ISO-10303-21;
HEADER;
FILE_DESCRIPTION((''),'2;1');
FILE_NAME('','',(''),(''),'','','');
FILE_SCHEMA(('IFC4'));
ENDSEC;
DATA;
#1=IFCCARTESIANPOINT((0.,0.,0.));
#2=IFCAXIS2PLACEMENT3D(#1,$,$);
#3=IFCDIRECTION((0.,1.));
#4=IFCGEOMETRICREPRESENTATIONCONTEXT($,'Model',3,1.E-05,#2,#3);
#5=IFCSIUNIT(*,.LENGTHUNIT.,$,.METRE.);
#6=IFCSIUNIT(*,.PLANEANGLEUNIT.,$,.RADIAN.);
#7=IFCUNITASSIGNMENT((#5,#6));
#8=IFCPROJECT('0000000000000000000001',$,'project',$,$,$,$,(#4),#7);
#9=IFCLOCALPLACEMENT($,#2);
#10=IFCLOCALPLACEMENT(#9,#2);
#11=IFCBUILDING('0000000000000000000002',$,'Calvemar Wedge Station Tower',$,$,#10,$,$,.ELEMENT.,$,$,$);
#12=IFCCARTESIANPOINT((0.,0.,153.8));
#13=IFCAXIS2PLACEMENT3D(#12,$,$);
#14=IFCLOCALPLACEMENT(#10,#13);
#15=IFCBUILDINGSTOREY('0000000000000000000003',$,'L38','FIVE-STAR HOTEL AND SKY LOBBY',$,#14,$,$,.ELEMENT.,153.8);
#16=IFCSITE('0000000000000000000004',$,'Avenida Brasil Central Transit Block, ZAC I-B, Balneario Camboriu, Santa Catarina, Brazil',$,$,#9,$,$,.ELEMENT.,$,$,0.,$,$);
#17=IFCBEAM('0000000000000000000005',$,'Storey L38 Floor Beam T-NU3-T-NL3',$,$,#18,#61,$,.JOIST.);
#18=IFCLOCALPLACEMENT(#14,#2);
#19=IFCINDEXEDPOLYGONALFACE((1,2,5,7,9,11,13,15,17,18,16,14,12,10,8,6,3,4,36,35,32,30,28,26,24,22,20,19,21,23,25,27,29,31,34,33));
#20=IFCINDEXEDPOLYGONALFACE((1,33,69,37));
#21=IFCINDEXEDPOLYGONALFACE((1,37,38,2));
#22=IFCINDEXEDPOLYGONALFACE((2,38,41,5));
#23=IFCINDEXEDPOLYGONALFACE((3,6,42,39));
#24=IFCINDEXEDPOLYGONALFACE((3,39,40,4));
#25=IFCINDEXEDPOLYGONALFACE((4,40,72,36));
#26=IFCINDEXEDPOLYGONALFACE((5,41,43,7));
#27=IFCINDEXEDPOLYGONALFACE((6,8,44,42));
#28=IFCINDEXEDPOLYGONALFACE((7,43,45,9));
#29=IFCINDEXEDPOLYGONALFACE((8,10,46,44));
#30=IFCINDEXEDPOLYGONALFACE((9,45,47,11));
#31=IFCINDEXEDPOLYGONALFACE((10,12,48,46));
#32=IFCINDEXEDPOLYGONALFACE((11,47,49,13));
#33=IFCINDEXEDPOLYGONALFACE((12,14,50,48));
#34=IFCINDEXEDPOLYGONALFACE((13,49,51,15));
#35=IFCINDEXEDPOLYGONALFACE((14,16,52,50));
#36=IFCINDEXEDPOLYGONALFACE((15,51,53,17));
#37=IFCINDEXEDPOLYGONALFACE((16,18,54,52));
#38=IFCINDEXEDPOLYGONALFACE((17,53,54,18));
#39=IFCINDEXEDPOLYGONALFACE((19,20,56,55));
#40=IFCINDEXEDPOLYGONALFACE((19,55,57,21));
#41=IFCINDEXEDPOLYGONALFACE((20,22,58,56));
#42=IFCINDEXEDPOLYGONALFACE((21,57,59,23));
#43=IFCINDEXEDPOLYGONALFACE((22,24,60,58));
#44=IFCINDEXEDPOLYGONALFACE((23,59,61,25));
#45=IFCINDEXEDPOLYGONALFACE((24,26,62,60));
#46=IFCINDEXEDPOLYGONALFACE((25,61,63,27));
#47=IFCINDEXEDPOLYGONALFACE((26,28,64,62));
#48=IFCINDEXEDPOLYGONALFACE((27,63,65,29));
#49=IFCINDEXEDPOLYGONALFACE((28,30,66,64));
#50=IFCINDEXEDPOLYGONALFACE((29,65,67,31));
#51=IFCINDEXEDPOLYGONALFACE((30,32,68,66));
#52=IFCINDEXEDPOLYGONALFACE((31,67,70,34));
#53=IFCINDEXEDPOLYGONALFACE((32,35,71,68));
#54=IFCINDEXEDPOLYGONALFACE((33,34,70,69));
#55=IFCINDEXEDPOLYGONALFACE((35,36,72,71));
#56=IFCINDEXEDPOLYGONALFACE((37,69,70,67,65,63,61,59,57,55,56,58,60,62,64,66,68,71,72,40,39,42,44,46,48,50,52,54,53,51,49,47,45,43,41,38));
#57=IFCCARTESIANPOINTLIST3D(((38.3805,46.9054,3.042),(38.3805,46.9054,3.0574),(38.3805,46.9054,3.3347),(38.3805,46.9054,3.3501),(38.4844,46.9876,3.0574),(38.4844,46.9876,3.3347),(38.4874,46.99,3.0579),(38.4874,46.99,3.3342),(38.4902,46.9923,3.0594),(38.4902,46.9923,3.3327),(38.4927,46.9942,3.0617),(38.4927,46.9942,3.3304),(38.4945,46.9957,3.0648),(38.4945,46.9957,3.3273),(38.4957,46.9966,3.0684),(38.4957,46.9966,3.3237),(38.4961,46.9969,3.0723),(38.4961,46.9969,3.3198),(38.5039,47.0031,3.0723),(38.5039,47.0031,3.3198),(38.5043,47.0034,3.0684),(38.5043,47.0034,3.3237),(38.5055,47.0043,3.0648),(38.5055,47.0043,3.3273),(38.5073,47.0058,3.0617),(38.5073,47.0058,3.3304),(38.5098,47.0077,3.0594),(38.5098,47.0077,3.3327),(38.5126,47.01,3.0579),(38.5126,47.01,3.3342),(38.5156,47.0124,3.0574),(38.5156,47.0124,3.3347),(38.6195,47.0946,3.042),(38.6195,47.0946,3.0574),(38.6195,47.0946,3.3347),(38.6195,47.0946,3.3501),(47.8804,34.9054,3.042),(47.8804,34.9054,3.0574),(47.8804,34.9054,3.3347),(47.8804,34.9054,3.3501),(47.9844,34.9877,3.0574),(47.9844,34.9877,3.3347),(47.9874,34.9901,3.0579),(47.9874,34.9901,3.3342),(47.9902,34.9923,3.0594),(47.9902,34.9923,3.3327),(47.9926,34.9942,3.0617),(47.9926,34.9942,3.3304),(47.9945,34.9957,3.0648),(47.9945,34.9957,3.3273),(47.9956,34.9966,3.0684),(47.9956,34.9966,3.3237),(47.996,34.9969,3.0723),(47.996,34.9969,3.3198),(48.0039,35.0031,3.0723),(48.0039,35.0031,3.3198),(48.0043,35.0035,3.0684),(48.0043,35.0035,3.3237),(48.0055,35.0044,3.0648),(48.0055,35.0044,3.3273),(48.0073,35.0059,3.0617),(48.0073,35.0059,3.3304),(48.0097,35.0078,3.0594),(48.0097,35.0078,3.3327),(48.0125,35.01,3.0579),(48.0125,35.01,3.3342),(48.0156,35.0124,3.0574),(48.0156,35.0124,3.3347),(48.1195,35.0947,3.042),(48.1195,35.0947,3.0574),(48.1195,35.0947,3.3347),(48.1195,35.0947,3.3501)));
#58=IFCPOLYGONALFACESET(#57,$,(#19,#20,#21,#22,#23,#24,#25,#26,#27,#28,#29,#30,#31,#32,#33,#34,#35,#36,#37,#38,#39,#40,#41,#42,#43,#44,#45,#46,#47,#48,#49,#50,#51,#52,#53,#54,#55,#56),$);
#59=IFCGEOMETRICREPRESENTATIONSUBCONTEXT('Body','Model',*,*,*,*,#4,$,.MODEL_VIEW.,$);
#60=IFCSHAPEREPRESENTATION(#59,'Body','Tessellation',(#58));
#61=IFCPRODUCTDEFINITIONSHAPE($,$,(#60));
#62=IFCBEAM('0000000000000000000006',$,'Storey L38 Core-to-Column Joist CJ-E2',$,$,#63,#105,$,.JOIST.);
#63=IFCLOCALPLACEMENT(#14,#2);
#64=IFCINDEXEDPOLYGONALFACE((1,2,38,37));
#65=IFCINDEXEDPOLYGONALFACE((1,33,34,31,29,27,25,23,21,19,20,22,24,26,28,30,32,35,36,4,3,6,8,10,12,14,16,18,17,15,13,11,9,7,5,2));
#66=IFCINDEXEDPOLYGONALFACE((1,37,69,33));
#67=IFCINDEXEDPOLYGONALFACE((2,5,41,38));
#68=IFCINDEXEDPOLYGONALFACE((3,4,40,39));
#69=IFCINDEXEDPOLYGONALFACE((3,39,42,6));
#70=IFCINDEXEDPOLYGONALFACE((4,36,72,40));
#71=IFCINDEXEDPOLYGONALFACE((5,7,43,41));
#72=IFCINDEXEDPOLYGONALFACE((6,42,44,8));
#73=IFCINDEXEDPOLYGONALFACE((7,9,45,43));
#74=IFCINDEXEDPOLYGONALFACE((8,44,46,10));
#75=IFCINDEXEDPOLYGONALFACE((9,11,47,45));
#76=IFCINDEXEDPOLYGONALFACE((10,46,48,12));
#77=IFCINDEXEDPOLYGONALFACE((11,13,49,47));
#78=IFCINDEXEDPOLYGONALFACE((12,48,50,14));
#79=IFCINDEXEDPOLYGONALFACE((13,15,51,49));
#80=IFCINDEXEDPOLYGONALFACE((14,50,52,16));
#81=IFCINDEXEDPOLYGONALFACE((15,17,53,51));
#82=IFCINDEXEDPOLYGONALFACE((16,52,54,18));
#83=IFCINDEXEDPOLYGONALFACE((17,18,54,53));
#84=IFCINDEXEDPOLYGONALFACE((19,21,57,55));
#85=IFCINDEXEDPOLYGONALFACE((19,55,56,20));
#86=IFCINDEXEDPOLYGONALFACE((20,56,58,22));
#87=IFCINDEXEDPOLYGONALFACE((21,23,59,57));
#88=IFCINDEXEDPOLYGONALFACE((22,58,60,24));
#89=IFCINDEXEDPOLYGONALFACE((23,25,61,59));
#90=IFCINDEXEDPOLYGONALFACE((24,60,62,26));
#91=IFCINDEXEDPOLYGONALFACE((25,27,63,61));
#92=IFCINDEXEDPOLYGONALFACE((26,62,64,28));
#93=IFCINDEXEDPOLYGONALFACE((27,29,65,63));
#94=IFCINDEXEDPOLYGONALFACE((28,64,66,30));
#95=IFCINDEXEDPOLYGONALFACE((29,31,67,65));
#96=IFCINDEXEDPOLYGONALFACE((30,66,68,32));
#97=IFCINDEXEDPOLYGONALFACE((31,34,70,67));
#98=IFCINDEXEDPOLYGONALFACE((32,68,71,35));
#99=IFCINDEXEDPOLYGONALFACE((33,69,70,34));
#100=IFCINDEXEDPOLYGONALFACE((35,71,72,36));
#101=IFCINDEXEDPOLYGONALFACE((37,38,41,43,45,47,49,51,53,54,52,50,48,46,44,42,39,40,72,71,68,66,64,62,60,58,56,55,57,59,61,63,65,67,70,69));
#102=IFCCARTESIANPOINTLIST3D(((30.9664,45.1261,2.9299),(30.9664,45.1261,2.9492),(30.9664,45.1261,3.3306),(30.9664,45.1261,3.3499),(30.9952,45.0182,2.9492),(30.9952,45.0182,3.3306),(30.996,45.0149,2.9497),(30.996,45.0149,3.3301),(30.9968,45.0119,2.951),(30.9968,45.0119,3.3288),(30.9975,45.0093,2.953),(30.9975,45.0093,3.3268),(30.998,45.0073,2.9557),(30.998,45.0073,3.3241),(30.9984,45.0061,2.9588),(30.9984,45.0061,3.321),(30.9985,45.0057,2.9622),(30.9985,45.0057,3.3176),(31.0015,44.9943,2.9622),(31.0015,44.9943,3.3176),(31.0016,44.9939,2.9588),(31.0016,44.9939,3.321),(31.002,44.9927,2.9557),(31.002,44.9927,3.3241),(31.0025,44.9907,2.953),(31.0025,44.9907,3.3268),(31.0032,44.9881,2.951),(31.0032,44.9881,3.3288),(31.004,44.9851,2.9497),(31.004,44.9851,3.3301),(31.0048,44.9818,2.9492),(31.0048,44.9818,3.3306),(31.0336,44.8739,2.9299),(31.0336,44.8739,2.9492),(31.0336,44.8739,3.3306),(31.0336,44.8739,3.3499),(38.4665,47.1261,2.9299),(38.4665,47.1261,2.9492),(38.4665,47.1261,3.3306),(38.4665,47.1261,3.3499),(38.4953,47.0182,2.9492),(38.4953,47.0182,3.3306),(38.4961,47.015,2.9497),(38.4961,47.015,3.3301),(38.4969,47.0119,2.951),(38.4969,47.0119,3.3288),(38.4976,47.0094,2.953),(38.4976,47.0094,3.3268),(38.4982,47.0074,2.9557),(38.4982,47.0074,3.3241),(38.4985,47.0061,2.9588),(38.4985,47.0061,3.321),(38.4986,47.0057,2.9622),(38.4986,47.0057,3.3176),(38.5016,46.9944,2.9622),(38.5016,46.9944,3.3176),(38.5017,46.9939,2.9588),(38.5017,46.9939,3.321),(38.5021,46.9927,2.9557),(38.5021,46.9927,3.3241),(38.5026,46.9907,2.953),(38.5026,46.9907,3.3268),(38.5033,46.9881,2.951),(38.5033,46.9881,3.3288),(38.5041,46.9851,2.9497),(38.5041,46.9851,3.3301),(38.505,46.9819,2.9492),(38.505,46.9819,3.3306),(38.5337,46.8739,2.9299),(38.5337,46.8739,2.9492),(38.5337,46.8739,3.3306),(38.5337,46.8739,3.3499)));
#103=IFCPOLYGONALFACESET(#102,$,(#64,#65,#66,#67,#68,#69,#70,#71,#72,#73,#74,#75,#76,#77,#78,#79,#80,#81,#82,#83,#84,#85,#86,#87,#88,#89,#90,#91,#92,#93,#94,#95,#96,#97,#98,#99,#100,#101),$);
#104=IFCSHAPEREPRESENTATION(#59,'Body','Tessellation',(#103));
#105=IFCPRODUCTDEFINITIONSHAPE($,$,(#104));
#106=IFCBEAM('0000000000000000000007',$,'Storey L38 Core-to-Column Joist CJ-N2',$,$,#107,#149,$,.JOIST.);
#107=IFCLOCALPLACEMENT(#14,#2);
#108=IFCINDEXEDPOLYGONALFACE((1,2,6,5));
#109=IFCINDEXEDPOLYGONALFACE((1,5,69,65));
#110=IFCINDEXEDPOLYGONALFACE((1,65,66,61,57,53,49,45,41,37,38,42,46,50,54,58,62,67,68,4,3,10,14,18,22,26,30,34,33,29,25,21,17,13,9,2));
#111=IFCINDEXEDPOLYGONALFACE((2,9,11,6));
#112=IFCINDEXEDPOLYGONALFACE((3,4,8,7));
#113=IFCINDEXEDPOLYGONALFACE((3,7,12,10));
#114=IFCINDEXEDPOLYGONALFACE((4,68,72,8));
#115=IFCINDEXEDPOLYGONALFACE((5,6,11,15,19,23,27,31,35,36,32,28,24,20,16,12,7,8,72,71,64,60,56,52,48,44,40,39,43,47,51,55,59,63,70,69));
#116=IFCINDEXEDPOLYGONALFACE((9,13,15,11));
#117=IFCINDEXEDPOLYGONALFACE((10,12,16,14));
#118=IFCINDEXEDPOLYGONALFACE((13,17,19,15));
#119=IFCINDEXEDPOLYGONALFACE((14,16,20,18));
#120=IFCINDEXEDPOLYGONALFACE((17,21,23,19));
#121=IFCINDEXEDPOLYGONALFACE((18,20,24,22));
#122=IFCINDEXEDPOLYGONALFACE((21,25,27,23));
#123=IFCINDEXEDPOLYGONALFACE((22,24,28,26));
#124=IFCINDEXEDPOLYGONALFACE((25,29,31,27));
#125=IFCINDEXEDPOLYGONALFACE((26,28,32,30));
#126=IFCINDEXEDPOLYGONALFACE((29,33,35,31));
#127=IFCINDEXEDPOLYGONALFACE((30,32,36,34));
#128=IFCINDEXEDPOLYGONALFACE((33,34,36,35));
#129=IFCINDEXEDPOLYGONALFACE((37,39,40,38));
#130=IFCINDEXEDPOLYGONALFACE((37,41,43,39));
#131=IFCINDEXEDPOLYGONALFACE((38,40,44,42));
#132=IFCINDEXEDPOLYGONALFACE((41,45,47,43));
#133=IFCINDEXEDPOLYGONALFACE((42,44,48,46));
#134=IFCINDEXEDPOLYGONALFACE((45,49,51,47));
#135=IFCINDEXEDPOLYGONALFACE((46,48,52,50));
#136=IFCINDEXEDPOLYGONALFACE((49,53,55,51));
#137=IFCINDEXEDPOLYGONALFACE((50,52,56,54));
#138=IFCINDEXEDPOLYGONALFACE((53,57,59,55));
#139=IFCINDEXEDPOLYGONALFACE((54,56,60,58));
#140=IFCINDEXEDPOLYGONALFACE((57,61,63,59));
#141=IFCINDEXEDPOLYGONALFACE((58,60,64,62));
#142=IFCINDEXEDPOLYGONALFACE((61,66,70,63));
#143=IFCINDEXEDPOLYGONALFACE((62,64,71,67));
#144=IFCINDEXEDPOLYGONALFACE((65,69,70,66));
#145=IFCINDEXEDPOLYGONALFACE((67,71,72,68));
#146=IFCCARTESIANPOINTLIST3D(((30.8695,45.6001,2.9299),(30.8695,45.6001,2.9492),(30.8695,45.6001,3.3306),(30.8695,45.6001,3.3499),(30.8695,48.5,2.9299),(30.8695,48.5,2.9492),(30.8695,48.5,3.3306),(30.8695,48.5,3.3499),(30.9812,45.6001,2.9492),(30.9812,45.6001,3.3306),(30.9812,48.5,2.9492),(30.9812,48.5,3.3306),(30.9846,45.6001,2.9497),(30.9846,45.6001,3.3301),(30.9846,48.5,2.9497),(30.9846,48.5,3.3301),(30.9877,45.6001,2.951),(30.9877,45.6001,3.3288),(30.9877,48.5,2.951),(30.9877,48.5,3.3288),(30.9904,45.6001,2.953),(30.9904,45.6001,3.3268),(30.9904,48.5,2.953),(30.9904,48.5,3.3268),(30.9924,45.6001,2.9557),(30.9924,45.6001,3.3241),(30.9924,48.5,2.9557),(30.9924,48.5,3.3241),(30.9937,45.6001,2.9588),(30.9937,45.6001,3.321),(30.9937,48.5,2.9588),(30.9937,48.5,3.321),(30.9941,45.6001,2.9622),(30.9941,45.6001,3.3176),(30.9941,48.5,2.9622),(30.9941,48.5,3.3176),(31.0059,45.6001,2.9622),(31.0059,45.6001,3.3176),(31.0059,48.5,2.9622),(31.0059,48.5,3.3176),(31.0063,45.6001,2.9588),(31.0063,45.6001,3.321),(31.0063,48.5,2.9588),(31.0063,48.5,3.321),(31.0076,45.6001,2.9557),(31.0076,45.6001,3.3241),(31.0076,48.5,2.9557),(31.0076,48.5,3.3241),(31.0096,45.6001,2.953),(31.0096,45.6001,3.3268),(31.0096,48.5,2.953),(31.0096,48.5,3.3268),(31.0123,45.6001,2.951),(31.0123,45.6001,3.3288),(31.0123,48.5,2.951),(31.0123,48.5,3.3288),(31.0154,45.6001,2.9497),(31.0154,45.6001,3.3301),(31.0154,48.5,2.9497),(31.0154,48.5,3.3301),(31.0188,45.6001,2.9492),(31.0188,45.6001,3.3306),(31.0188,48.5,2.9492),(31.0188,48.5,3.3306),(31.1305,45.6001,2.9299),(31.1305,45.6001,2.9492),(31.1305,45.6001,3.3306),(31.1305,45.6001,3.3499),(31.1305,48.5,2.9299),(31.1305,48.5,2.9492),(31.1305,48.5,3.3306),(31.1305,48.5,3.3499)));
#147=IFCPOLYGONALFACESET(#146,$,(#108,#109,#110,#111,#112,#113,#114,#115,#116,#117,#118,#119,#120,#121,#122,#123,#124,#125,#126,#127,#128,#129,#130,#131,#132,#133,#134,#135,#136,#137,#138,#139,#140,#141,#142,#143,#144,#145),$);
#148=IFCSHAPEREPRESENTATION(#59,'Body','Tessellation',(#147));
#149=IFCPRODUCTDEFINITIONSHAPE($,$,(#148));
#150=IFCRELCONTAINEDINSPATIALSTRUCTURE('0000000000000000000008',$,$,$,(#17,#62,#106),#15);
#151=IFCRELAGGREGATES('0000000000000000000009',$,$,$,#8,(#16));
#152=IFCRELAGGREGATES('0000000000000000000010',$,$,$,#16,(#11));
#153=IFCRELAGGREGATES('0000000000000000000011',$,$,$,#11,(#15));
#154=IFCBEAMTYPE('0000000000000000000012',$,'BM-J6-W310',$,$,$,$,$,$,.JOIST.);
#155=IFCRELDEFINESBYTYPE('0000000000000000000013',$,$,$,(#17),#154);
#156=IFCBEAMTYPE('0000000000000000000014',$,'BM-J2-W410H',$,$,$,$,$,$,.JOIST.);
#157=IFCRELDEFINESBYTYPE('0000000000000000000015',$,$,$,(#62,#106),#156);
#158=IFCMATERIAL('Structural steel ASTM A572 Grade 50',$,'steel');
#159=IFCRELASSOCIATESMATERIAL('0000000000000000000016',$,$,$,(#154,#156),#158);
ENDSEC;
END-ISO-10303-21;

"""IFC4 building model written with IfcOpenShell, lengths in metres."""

from ifc_helpers import new_model, si_unit, direction, frame, origin, origin_2d, place, context, subcontext, project, spatial, i_section, extrude, source, transform, mapped, material, material_profile, profile_set, type_object, element, save


model = new_model("IFC4")

# Units and contexts
model_context = context("Model", 3, precision=1e-05, world=origin(), true_north=direction((0.0, 1.0)))
body_context = subcontext(model_context, "Body", "Model", "MODEL_VIEW")
ifc_project = project(units=[si_unit("LENGTHUNIT", "METRE"), si_unit("PLANEANGLEUNIT", "RADIAN")], contexts=[model_context])

# Site, building, storey
site_placement = place(None, origin())
site = spatial("IfcSite", under=ifc_project, at=site_placement, Name="Avenida Brasil Central Transit Block, ZAC I-B, Balneario Camboriu, Santa Catarina, Brazil", CompositionType="ELEMENT", RefElevation=0.0)
building_placement = place(site_placement, origin())
building = spatial("IfcBuilding", under=site, at=building_placement, Name="Calvemar Wedge Station Tower", CompositionType="ELEMENT")
storey_placement = place(building_placement, frame((0.0, 0.0, 153.8)))
storey = spatial("IfcBuildingStorey", under=building, at=storey_placement, Name="L38", Description="FIVE-STAR HOTEL AND SKY LOBBY", CompositionType="ELEMENT", Elevation=153.8)

# Beams
ifc_material_1 = material(Name="Structural steel ASTM A572 Grade 50", Category="steel")
ifc_material_profile_1 = material_profile(ifc_material_1, i_section(OverallWidth=0.3049, OverallDepth=0.3081, WebThickness=0.01, FlangeThickness=0.0154, FilletRadius=0.0149, at=origin_2d()), Name="W310x97")
ifc_profile_set_1 = profile_set([ifc_material_profile_1], Name="Structural steel ASTM A572 Grade 50")
beam_type_1 = type_object("IfcBeamType", Name="BM-J6-W310", PredefinedType="JOIST", material=ifc_profile_set_1)
ifc_material_profile_2 = material_profile(ifc_material_1, i_section(OverallWidth=0.261, OverallDepth=0.4199, WebThickness=0.0117, FlangeThickness=0.0193, FilletRadius=0.0129, at=origin_2d()), Name="W410x114")
ifc_profile_set_2 = profile_set([ifc_material_profile_2], Name="Structural steel ASTM A572 Grade 50")
beam_type_2 = type_object("IfcBeamType", Name="BM-J2-W410H", PredefinedType="JOIST", material=ifc_profile_set_2)
shared_shape_1 = source(origin(), body_context, "Body", "SweptSolid", [
    extrude(i_section(OverallWidth=0.3049, OverallDepth=0.3081, WebThickness=0.01, FlangeThickness=0.0154, FilletRadius=0.0149, at=origin_2d()), origin(), (0.0, 0.0, 1.0), 15.3052),
])
beam_1_placement = place(storey_placement, frame((38.5, 47.0, 3.196), z_axis=(0.620703, -0.784046, 0.0), x_axis=(0.784046, 0.620703, 0.0)))
element("IfcBeam", 1, at=beam_1_placement, inside=storey, type_object=beam_type_1, Name="Storey L38 Floor Beam T-NU3-T-NL3", PredefinedType="JOIST", context=body_context, shape_type="MappedRepresentation", body=[
    mapped(shared_shape_1, transform((0.0, 0.0, 0.0), scale=1.0)),
])
shared_shape_2 = source(origin(), body_context, "Body", "SweptSolid", [
    extrude(i_section(OverallWidth=0.261, OverallDepth=0.4199, WebThickness=0.0117, FlangeThickness=0.0193, FilletRadius=0.0129, at=origin_2d()), origin(), (0.0, 0.0, 1.0), 7.7622),
])
beam_2_placement = place(storey_placement, frame((31.0, 45.0, 3.1399), z_axis=(0.966235, 0.257663, 0.0), x_axis=(-0.257663, 0.966235, 0.0)))
element("IfcBeam", 2, at=beam_2_placement, inside=storey, type_object=beam_type_2, Name="Storey L38 Core-to-Column Joist CJ-E2", PredefinedType="JOIST", context=body_context, shape_type="MappedRepresentation", body=[
    mapped(shared_shape_2, transform((0.0, 0.0, 0.0), scale=1.0)),
])
shared_shape_3 = source(origin(), body_context, "Body", "SweptSolid", [
    extrude(i_section(OverallWidth=0.261, OverallDepth=0.4199, WebThickness=0.0117, FlangeThickness=0.0193, FilletRadius=0.0129, at=origin_2d()), origin(), (0.0, 0.0, 1.0), 2.8999),
])
beam_3_placement = place(storey_placement, frame((31.0, 45.6001, 3.1399), z_axis=(0.0, 1.0, 0.0), x_axis=(-1.0, 0.0, 0.0)))
element("IfcBeam", 3, at=beam_3_placement, inside=storey, type_object=beam_type_2, Name="Storey L38 Core-to-Column Joist CJ-N2", PredefinedType="JOIST", context=body_context, shape_type="MappedRepresentation", body=[
    mapped(shared_shape_3, transform((0.0, 0.0, 0.0), scale=1.0)),
])

save(model, "model.ifc")
